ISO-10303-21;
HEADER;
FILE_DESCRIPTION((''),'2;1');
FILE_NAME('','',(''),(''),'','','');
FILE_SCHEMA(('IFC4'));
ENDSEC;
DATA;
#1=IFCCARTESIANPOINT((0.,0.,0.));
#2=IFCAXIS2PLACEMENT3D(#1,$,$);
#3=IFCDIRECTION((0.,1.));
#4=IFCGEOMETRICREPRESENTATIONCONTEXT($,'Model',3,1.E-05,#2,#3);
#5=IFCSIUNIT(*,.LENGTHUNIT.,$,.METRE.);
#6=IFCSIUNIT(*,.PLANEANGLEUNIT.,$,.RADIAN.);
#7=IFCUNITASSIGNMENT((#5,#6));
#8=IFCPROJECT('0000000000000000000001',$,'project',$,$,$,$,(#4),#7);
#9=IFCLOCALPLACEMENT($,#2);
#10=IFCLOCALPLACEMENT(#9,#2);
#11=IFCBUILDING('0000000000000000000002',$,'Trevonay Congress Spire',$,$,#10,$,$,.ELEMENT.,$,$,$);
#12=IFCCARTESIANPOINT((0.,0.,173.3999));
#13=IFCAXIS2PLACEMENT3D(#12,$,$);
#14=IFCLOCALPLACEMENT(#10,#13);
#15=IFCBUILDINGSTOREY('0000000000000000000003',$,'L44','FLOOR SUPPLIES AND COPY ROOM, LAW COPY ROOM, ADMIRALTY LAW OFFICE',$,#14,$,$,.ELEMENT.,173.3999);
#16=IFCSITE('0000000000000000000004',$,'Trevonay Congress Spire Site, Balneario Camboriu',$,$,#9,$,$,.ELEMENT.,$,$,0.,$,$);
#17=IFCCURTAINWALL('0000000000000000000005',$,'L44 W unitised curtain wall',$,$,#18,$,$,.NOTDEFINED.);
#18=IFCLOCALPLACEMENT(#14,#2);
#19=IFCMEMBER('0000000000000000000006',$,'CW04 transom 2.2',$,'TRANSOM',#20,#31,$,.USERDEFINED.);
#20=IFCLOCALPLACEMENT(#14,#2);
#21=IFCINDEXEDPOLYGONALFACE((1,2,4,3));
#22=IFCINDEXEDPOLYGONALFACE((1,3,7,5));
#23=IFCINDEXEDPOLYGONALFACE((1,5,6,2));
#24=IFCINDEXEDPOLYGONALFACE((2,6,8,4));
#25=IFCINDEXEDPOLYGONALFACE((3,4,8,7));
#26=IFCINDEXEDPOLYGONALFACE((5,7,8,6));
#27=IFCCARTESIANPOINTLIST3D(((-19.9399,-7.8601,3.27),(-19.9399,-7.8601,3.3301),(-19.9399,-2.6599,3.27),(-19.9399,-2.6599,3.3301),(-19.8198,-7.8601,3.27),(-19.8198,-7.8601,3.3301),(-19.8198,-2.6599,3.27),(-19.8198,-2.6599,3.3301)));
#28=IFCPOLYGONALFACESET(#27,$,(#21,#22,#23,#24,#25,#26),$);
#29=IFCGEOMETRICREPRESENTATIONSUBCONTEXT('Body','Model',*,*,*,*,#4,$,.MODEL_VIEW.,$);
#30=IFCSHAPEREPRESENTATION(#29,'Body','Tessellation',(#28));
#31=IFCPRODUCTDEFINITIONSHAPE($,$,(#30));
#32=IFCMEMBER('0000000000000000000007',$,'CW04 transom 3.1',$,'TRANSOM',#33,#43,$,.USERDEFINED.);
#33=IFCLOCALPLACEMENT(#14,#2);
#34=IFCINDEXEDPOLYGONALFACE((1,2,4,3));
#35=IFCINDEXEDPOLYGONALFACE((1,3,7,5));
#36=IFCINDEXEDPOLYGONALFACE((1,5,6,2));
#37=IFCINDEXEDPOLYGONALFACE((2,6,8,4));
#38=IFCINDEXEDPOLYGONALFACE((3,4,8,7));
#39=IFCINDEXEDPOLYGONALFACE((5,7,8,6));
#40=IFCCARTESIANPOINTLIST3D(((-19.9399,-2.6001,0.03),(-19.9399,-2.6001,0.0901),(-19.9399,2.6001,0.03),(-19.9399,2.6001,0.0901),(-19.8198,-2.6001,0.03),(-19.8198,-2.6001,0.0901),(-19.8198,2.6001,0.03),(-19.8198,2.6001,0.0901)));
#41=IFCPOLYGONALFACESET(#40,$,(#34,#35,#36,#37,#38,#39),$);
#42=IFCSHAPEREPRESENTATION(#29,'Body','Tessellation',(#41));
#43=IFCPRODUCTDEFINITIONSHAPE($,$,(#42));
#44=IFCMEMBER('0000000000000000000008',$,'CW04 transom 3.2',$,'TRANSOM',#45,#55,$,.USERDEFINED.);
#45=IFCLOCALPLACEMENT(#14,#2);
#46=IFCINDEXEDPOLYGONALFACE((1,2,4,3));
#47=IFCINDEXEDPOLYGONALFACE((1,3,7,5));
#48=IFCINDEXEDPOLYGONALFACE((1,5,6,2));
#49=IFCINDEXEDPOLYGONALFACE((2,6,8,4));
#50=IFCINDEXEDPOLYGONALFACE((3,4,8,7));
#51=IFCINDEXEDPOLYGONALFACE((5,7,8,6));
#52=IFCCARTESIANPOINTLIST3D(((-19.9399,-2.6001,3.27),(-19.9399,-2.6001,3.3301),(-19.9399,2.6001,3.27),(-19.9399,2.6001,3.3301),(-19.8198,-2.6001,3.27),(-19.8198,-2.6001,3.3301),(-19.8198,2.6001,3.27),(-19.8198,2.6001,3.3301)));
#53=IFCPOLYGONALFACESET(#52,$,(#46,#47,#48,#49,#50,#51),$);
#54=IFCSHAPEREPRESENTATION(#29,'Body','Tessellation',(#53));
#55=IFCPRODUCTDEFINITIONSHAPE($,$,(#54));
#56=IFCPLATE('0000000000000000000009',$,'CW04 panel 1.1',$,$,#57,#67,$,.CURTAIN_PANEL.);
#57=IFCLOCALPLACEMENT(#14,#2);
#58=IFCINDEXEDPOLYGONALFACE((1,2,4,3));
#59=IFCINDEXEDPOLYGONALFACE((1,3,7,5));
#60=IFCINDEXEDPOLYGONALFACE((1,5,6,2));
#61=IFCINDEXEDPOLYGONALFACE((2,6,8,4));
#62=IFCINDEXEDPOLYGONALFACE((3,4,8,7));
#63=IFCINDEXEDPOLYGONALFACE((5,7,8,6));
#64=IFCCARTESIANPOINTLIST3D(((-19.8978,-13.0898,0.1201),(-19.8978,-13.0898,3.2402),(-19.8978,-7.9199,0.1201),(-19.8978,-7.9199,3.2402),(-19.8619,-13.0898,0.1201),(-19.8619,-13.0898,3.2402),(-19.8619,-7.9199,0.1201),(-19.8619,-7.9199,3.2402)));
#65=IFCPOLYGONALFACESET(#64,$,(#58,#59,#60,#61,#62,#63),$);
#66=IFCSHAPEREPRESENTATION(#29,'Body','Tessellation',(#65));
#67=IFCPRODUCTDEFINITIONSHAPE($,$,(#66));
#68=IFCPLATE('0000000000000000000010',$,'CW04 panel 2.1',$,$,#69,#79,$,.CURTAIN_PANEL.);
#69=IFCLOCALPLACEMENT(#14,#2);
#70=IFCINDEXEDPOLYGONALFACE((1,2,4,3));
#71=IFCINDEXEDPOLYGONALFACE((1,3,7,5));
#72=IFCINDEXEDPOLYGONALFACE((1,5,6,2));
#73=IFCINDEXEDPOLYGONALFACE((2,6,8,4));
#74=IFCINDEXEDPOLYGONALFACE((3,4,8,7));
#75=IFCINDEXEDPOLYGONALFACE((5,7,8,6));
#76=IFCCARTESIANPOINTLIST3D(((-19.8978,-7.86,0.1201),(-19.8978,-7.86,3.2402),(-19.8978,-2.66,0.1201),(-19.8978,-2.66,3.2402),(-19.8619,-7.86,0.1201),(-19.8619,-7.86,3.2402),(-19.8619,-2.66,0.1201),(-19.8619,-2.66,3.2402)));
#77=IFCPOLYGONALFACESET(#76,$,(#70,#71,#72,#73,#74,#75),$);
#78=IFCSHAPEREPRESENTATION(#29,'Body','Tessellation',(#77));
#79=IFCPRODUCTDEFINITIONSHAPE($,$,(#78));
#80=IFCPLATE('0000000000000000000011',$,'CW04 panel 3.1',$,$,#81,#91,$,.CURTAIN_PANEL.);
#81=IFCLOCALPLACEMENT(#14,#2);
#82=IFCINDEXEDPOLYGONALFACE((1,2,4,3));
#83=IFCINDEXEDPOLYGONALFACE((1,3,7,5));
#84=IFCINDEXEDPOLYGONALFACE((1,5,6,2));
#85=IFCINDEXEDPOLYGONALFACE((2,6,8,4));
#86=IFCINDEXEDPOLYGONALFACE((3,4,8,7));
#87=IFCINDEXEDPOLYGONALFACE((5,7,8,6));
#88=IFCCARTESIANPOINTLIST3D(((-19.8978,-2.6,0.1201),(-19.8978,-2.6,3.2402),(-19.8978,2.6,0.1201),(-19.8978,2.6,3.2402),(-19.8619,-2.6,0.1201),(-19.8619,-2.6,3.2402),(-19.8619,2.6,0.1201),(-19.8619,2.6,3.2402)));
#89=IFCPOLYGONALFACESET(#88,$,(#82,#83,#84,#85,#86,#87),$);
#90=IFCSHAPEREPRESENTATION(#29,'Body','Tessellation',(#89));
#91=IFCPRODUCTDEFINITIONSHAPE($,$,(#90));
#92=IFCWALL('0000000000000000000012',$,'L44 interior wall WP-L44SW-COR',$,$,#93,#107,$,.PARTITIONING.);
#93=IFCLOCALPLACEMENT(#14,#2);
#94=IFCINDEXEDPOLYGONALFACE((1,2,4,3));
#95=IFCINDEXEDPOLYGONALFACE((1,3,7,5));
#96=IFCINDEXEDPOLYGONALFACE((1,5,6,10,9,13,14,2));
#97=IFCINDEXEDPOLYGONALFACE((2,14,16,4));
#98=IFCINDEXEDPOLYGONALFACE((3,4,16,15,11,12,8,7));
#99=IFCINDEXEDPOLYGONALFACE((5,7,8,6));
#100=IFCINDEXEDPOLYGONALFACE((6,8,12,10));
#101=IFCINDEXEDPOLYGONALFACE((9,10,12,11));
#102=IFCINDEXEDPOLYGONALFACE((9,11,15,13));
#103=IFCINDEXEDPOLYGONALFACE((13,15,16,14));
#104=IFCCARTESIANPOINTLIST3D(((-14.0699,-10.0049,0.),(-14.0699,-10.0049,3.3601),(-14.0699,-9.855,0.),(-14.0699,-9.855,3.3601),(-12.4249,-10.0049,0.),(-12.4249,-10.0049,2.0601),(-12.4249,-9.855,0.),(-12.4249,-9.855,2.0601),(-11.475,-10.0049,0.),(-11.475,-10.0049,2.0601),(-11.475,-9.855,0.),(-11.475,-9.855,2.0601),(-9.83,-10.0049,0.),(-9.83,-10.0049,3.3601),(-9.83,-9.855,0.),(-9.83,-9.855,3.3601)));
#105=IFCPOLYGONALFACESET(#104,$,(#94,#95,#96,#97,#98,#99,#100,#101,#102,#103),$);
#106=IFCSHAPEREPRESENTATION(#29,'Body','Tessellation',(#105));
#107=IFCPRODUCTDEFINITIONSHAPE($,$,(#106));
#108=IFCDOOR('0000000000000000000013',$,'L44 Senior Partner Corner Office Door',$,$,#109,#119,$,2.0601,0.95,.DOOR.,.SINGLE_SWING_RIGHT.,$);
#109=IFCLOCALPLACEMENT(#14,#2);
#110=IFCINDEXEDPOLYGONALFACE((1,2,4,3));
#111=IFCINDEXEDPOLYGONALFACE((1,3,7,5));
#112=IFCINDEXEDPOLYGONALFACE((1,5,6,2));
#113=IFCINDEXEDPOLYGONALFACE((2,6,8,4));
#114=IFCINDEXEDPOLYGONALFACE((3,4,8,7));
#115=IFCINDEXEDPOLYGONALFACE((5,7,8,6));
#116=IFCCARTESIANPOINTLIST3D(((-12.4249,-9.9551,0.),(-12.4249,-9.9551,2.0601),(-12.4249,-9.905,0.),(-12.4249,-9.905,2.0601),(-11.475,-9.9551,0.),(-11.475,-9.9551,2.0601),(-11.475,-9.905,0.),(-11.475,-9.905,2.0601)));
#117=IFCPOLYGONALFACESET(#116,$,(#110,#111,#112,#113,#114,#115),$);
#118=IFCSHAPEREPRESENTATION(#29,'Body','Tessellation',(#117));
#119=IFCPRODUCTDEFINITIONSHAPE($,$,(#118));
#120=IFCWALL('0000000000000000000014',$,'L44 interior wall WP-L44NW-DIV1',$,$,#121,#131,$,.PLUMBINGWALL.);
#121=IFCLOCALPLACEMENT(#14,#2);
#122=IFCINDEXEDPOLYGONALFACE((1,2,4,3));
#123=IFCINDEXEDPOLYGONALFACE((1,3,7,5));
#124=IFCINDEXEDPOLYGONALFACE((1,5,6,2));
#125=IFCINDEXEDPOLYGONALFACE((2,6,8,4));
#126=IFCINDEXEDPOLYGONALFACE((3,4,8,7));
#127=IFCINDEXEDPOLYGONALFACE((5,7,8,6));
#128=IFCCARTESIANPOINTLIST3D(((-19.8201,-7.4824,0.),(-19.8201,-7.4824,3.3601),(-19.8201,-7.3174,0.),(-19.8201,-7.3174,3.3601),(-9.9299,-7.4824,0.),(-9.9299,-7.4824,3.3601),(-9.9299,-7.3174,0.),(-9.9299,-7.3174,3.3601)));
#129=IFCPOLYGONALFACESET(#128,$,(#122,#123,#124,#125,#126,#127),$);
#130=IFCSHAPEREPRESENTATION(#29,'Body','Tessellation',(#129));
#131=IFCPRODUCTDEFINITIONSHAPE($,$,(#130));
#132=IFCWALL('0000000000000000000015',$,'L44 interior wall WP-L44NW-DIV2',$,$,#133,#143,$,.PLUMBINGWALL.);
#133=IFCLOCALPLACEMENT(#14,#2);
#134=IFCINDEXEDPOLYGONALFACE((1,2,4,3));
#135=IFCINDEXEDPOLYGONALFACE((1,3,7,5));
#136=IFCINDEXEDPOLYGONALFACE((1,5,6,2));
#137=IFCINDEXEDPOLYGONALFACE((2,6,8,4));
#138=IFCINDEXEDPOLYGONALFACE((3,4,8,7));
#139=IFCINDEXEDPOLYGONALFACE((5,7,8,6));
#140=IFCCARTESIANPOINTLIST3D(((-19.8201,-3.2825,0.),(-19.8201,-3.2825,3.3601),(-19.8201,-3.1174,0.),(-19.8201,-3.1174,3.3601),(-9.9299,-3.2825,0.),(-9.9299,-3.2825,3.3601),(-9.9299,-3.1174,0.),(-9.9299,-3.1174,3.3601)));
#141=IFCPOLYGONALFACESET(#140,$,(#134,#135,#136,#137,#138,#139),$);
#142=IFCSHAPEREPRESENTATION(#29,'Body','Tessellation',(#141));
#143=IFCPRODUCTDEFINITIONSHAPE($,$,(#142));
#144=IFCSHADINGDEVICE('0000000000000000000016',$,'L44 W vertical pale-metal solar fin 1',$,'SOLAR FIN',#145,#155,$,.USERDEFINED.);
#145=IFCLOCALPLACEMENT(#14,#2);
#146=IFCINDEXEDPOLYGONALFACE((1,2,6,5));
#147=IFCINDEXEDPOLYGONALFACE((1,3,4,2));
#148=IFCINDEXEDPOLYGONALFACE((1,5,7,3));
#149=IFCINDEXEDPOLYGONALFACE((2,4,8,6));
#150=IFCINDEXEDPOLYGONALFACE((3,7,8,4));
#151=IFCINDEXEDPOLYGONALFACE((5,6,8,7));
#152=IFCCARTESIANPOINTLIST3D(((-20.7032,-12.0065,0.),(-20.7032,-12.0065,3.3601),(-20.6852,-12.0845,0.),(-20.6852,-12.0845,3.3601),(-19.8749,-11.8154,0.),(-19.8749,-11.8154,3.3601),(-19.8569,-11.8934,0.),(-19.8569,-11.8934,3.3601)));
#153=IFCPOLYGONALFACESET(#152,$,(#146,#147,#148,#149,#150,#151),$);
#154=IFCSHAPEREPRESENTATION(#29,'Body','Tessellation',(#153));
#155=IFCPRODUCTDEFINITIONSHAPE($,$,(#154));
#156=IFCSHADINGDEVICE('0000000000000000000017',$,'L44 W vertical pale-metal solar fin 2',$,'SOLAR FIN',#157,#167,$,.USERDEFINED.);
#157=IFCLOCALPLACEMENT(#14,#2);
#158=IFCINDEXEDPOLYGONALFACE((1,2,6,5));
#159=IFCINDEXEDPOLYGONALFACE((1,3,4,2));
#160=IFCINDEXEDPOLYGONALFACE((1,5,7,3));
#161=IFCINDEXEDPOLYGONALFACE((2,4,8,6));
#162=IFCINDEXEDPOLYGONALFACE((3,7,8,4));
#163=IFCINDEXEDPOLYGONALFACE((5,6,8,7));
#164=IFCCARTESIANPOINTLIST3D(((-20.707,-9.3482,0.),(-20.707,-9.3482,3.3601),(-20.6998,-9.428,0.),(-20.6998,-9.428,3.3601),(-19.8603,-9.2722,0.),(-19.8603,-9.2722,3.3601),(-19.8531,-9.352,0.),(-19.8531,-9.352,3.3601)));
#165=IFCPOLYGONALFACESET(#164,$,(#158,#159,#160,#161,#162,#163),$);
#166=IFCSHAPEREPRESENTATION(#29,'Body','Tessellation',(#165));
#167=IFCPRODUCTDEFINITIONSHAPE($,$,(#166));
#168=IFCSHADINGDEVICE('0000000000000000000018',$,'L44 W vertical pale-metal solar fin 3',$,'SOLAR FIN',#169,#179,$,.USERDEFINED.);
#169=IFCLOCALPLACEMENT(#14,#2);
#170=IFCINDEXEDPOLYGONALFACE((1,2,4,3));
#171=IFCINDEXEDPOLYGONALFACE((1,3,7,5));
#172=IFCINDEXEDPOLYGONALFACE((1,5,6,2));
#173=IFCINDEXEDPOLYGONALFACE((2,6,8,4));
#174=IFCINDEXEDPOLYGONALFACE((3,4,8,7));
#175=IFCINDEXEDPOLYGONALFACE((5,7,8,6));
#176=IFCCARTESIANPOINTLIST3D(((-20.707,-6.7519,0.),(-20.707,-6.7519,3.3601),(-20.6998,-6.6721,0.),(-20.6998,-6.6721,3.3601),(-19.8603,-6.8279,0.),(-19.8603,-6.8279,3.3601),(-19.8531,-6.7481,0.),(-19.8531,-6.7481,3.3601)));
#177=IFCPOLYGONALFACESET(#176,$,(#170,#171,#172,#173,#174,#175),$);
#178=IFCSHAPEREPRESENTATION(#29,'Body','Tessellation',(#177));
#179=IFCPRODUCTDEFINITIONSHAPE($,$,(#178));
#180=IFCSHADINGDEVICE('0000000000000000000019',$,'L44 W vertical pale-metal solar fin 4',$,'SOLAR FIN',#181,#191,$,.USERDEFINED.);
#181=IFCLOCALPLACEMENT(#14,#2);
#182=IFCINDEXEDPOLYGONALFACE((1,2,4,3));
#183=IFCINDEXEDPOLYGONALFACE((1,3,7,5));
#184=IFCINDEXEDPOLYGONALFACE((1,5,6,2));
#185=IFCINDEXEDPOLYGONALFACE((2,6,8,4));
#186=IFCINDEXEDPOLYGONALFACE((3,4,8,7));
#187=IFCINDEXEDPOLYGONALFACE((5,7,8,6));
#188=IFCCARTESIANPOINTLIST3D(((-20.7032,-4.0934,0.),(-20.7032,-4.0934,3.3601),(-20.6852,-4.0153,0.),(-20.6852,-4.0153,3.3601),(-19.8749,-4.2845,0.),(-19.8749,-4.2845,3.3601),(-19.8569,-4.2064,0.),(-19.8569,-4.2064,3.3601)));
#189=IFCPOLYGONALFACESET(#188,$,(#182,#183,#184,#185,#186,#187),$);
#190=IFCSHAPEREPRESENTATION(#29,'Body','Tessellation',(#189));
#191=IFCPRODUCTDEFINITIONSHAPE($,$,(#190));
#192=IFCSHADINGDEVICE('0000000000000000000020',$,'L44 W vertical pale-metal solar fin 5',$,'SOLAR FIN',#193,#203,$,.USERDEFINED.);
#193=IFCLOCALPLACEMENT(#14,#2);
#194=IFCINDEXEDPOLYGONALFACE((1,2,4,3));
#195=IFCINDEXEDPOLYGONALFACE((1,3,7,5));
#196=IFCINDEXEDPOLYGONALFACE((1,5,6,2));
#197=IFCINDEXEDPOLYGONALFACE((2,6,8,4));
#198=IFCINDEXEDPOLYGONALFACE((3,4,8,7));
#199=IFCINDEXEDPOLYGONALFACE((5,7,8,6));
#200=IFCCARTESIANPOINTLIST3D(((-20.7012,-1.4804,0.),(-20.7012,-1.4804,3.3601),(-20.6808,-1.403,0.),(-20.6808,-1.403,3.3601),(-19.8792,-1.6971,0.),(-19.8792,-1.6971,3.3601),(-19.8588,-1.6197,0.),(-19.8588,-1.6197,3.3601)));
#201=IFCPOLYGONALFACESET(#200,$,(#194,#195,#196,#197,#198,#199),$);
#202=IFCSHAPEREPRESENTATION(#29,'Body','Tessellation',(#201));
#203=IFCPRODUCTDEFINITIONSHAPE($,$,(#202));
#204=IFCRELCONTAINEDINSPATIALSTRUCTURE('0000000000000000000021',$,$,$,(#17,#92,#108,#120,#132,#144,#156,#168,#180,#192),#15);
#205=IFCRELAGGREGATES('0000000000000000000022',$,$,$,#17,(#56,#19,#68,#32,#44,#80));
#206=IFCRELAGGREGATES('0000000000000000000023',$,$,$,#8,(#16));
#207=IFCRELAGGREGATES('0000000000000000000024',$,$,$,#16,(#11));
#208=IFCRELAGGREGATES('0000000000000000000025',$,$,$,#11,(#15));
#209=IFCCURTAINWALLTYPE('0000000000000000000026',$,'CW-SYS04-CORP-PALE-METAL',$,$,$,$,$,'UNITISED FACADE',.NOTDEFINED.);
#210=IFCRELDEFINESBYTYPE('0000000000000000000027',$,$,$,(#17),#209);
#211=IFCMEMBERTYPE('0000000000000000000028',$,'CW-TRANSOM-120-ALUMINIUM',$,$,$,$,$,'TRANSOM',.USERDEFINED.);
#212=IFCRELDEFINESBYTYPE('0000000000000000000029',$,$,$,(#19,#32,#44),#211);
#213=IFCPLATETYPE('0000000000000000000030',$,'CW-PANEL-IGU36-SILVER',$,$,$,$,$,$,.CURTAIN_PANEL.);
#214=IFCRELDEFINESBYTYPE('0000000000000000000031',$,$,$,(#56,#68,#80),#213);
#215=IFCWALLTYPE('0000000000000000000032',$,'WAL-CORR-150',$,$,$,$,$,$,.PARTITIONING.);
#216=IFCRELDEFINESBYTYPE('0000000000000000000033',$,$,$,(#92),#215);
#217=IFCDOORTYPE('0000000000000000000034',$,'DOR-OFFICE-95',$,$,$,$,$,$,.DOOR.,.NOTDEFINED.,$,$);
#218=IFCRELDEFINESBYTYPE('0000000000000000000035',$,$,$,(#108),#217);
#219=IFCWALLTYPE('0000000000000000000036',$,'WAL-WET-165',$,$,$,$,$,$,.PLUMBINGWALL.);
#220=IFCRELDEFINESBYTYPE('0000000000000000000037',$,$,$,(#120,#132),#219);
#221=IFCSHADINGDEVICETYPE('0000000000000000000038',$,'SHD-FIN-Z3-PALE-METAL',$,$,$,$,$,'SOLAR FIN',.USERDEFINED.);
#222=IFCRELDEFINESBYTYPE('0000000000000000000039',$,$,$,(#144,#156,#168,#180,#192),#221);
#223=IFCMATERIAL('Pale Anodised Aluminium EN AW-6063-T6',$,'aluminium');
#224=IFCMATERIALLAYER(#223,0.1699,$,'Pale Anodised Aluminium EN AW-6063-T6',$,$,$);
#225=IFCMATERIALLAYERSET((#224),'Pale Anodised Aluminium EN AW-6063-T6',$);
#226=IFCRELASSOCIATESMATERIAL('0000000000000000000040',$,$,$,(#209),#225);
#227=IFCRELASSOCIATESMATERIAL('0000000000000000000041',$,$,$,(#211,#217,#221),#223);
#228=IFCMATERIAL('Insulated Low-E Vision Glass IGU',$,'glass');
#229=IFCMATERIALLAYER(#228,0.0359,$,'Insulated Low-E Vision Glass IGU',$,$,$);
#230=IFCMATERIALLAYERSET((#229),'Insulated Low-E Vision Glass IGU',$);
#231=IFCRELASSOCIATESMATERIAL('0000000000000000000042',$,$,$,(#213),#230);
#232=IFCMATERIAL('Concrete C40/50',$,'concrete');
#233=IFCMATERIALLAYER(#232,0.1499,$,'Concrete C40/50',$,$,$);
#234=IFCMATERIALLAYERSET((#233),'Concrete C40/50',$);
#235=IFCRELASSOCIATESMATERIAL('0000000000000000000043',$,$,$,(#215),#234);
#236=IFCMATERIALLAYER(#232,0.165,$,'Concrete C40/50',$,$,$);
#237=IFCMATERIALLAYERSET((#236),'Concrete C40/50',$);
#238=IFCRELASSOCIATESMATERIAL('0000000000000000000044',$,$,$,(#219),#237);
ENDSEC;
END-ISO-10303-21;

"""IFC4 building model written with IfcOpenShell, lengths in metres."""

from ifc_helpers import new_model, si_unit, direction, frame, frame_2d, origin, origin_2d, place, context, subcontext, project, spatial, rectangle, extrude, material, layer, layer_set, material_profile, profile_set, type_object, element, fill, aggregate, save


model = new_model("IFC4")

# Units and contexts
model_context = context("Model", 3, precision=1e-05, world=origin(), true_north=direction((0.0, 1.0)))
body_context = subcontext(model_context, "Body", "Model", "MODEL_VIEW")
ifc_project = project(units=[si_unit("LENGTHUNIT", "METRE"), si_unit("PLANEANGLEUNIT", "RADIAN")], contexts=[model_context])

# Site, building, storey
site_placement = place(None, origin())
site = spatial("IfcSite", under=ifc_project, at=site_placement, Name="Trevonay Congress Spire Site, Balneario Camboriu", CompositionType="ELEMENT", RefElevation=0.0)
building_placement = place(site_placement, origin())
building = spatial("IfcBuilding", under=site, at=building_placement, Name="Trevonay Congress Spire", CompositionType="ELEMENT")
storey_placement = place(building_placement, frame((0.0, 0.0, 173.3999)))
storey = spatial("IfcBuildingStorey", under=building, at=storey_placement, Name="L44", Description="FLOOR SUPPLIES AND COPY ROOM, LAW COPY ROOM, ADMIRALTY LAW OFFICE", CompositionType="ELEMENT", Elevation=173.3999)

# Curtain wall, members, plates
ifc_material_1 = material(Name="Pale Anodised Aluminium EN AW-6063-T6", Category="aluminium")
ifc_layer_1 = layer(ifc_material_1, 0.1699, Name="Pale Anodised Aluminium EN AW-6063-T6")
ifc_layer_set_1 = layer_set([ifc_layer_1], Name="Pale Anodised Aluminium EN AW-6063-T6")
curtain_wall_type = type_object("IfcCurtainWallType", Name="CW-SYS04-CORP-PALE-METAL", ElementType="UNITISED FACADE", PredefinedType="NOTDEFINED", material=ifc_layer_set_1)
curtain_wall_placement = place(storey_placement, origin())
curtain_wall = element("IfcCurtainWall", 1, at=curtain_wall_placement, inside=storey, type_object=curtain_wall_type, Name="L44 W unitised curtain wall", PredefinedType="NOTDEFINED")
ifc_material_profile_1 = material_profile(ifc_material_1, rectangle(XDim=0.1201, YDim=0.0601, at=origin_2d()), Name="CW-TRANSOM-120-ALUMINIUM")
ifc_profile_set_1 = profile_set([ifc_material_profile_1], Name="Pale Anodised Aluminium EN AW-6063-T6")
member_type_1 = type_object("IfcMemberType", Name="CW-TRANSOM-120-ALUMINIUM", ElementType="TRANSOM", PredefinedType="USERDEFINED", material=ifc_profile_set_1)
member_1_placement = place(storey_placement, frame((-19.8799, -7.8601, 3.3), z_axis=(0.0, 1.0, 0.0), x_axis=(-1.0, 0.0, 0.0)))
member_1 = element("IfcMember", 2, at=member_1_placement, type_object=member_type_1, Name="CW04 transom 2.2", ObjectType="TRANSOM", PredefinedType="USERDEFINED", context=body_context, shape_type="SweptSolid", body=[
    extrude(rectangle(XDim=0.1201, YDim=0.0601, at=origin_2d()), origin(), (0.0, 0.0, 1.0), 5.2002),
])
member_2_placement = place(storey_placement, frame((-19.8799, -2.6001, 0.0601), z_axis=(0.0, 1.0, 0.0), x_axis=(-1.0, 0.0, 0.0)))
member_2 = element("IfcMember", 3, at=member_2_placement, type_object=member_type_1, Name="CW04 transom 3.1", ObjectType="TRANSOM", PredefinedType="USERDEFINED", context=body_context, shape_type="SweptSolid", body=[
    extrude(rectangle(XDim=0.1201, YDim=0.0601, at=origin_2d()), origin(), (0.0, 0.0, 1.0), 5.2002),
])
member_3_placement = place(storey_placement, frame((-19.8799, -2.6001, 3.3), z_axis=(0.0, 1.0, 0.0), x_axis=(-1.0, 0.0, 0.0)))
member_3 = element("IfcMember", 4, at=member_3_placement, type_object=member_type_1, Name="CW04 transom 3.2", ObjectType="TRANSOM", PredefinedType="USERDEFINED", context=body_context, shape_type="SweptSolid", body=[
    extrude(rectangle(XDim=0.1201, YDim=0.0601, at=origin_2d()), origin(), (0.0, 0.0, 1.0), 5.2002),
])
ifc_material_2 = material(Name="Insulated Low-E Vision Glass IGU", Category="glass")
ifc_layer_2 = layer(ifc_material_2, 0.0359, Name="Insulated Low-E Vision Glass IGU")
ifc_layer_set_2 = layer_set([ifc_layer_2], Name="Insulated Low-E Vision Glass IGU")
plate_type = type_object("IfcPlateType", Name="CW-PANEL-IGU36-SILVER", PredefinedType="CURTAIN_PANEL", material=ifc_layer_set_2)
plate_1_placement = place(storey_placement, frame((-19.8799, -10.5049, 0.1201), z_axis=(0.0, 0.0, 1.0), x_axis=(0.0, 1.0, 0.0)))
plate_1 = element("IfcPlate", 5, at=plate_1_placement, type_object=plate_type, Name="CW04 panel 1.1", PredefinedType="CURTAIN_PANEL", context=body_context, shape_type="SweptSolid", body=[
    extrude(rectangle(XDim=5.1699, YDim=0.0359, at=origin_2d()), origin(), (0.0, 0.0, 1.0), 3.1201),
])
plate_2_placement = place(storey_placement, frame((-19.8799, -5.26, 0.1201), z_axis=(0.0, 0.0, 1.0), x_axis=(0.0, 1.0, 0.0)))
plate_2 = element("IfcPlate", 6, at=plate_2_placement, type_object=plate_type, Name="CW04 panel 2.1", PredefinedType="CURTAIN_PANEL", context=body_context, shape_type="SweptSolid", body=[
    extrude(rectangle(XDim=5.2, YDim=0.0359, at=origin_2d()), origin(), (0.0, 0.0, 1.0), 3.1201),
])
plate_3_placement = place(storey_placement, frame((-19.8799, 0.0, 0.1201), z_axis=(0.0, 0.0, 1.0), x_axis=(0.0, 1.0, 0.0)))
plate_3 = element("IfcPlate", 7, at=plate_3_placement, type_object=plate_type, Name="CW04 panel 3.1", PredefinedType="CURTAIN_PANEL", context=body_context, shape_type="SweptSolid", body=[
    extrude(rectangle(XDim=5.2, YDim=0.0359, at=origin_2d()), origin(), (0.0, 0.0, 1.0), 3.1201),
])
aggregate(curtain_wall, [plate_1, member_1, plate_2, member_2, member_3, plate_3])

# Wall, opening, door
ifc_material_3 = material(Name="Concrete C40/50", Category="concrete")
ifc_layer_3 = layer(ifc_material_3, 0.1499, Name="Concrete C40/50")
ifc_layer_set_3 = layer_set([ifc_layer_3], Name="Concrete C40/50")
wall_type_1 = type_object("IfcWallType", Name="WAL-CORR-150", PredefinedType="PARTITIONING", material=ifc_layer_set_3)
wall_placement = place(storey_placement, frame((-14.0701, -9.9299, 0.0), z_axis=(0.0, 0.0, 1.0), x_axis=(1.0, 0.0, 0.0)))
wall = element("IfcWall", 8, at=wall_placement, inside=storey, type_object=wall_type_1, Name="L44 interior wall WP-L44SW-COR", PredefinedType="PARTITIONING", context=body_context, shape_type="SweptSolid", body=[
    extrude(rectangle(XDim=4.24, YDim=0.1499, at=frame_2d((2.1201, 0.0))), origin(), (0.0, 0.0, 1.0), 3.3601),
])
opening_placement = place(wall_placement, frame((1.645, 0.0, 0.0)))
opening = element("IfcOpeningElement", 9, at=opening_placement, cuts=wall, PredefinedType="OPENING", context=body_context, shape_type="SweptSolid", body=[
    extrude(rectangle(XDim=0.95, YDim=2.0601, at=frame_2d((0.4751, 1.03))), frame((0.0, 0.085, 0.0), z_axis=(0.0, -1.0, 0.0), x_axis=(1.0, 0.0, 0.0)), (0.0, 0.0, 1.0), 0.1699),
])
door_type = type_object("IfcDoorType", Name="DOR-OFFICE-95", OperationType="NOTDEFINED", PredefinedType="DOOR", material=ifc_material_1)
door_placement = place(opening_placement, origin())
door = element("IfcDoor", 10, at=door_placement, inside=storey, type_object=door_type, Name="L44 Senior Partner Corner Office Door", OperationType="SINGLE_SWING_RIGHT", OverallHeight=2.0601, OverallWidth=0.95, PredefinedType="DOOR", context=body_context, shape_type="SweptSolid", body=[
    extrude(rectangle(XDim=0.95, YDim=2.0601, at=frame_2d((0.4751, 1.03))), frame((0.0, 0.0249, 0.0), z_axis=(0.0, -1.0, 0.0), x_axis=(1.0, 0.0, 0.0)), (0.0, 0.0, 1.0), 0.05),
])
fill(opening, door)

# Walls
ifc_layer_4 = layer(ifc_material_3, 0.165, Name="Concrete C40/50")
ifc_layer_set_4 = layer_set([ifc_layer_4], Name="Concrete C40/50")
wall_type_2 = type_object("IfcWallType", Name="WAL-WET-165", PredefinedType="PLUMBINGWALL", material=ifc_layer_set_4)
for number, where, z_axis, x_axis, name in (
    (11, (-19.8201, -7.3999, 0.0), (0.0, 0.0, 1.0), (1.0, 0.0, 0.0), "L44 interior wall WP-L44NW-DIV1"),
    (12, (-19.8201, -3.2, 0.0), (0.0, 0.0, 1.0), (1.0, 0.0, 0.0), "L44 interior wall WP-L44NW-DIV2"),
):
    element("IfcWall", number, at=place(storey_placement, frame(where, z_axis=z_axis, x_axis=x_axis)), inside=storey, type_object=wall_type_2, Name=name, PredefinedType="PLUMBINGWALL", context=body_context, shape_type="SweptSolid", body=[
        extrude(rectangle(XDim=9.8901, YDim=0.165, at=frame_2d((4.9451, 0.0))), origin(), (0.0, 0.0, 1.0), 3.3601),
    ])

# Shading devices
shading_device_type = type_object("IfcShadingDeviceType", Name="SHD-FIN-Z3-PALE-METAL", ElementType="SOLAR FIN", PredefinedType="USERDEFINED", material=ifc_material_1)
for number, where, z_axis, x_axis, name in (
    (13, (-20.28, -11.95, 0.0), (0.0, 0.0, 1.0), (-0.224781, 0.974409, 0.0), "L44 W vertical pale-metal solar fin 1"),
    (14, (-20.28, -9.3501, 0.0), (0.0, 0.0, 1.0), (-0.089416, 0.995994, 0.0), "L44 W vertical pale-metal solar fin 2"),
    (15, (-20.28, -6.75, 0.0), (0.0, 0.0, 1.0), (0.089416, 0.995994, 0.0), "L44 W vertical pale-metal solar fin 3"),
    (16, (-20.28, -4.1499, 0.0), (0.0, 0.0, 1.0), (0.224781, 0.974409, 0.0), "L44 W vertical pale-metal solar fin 4"),
    (17, (-20.28, -1.55, 0.0), (0.0, 0.0, 1.0), (0.254939, 0.966957, 0.0), "L44 W vertical pale-metal solar fin 5"),
):
    element("IfcShadingDevice", number, at=place(storey_placement, frame(where, z_axis=z_axis, x_axis=x_axis)), inside=storey, type_object=shading_device_type, Name=name, ObjectType="SOLAR FIN", PredefinedType="USERDEFINED", context=body_context, shape_type="SweptSolid", body=[
        extrude(rectangle(XDim=0.0801, YDim=0.8501, at=origin_2d()), origin(), (0.0, 0.0, 1.0), 3.3601),
    ])

save(model, "model.ifc")
